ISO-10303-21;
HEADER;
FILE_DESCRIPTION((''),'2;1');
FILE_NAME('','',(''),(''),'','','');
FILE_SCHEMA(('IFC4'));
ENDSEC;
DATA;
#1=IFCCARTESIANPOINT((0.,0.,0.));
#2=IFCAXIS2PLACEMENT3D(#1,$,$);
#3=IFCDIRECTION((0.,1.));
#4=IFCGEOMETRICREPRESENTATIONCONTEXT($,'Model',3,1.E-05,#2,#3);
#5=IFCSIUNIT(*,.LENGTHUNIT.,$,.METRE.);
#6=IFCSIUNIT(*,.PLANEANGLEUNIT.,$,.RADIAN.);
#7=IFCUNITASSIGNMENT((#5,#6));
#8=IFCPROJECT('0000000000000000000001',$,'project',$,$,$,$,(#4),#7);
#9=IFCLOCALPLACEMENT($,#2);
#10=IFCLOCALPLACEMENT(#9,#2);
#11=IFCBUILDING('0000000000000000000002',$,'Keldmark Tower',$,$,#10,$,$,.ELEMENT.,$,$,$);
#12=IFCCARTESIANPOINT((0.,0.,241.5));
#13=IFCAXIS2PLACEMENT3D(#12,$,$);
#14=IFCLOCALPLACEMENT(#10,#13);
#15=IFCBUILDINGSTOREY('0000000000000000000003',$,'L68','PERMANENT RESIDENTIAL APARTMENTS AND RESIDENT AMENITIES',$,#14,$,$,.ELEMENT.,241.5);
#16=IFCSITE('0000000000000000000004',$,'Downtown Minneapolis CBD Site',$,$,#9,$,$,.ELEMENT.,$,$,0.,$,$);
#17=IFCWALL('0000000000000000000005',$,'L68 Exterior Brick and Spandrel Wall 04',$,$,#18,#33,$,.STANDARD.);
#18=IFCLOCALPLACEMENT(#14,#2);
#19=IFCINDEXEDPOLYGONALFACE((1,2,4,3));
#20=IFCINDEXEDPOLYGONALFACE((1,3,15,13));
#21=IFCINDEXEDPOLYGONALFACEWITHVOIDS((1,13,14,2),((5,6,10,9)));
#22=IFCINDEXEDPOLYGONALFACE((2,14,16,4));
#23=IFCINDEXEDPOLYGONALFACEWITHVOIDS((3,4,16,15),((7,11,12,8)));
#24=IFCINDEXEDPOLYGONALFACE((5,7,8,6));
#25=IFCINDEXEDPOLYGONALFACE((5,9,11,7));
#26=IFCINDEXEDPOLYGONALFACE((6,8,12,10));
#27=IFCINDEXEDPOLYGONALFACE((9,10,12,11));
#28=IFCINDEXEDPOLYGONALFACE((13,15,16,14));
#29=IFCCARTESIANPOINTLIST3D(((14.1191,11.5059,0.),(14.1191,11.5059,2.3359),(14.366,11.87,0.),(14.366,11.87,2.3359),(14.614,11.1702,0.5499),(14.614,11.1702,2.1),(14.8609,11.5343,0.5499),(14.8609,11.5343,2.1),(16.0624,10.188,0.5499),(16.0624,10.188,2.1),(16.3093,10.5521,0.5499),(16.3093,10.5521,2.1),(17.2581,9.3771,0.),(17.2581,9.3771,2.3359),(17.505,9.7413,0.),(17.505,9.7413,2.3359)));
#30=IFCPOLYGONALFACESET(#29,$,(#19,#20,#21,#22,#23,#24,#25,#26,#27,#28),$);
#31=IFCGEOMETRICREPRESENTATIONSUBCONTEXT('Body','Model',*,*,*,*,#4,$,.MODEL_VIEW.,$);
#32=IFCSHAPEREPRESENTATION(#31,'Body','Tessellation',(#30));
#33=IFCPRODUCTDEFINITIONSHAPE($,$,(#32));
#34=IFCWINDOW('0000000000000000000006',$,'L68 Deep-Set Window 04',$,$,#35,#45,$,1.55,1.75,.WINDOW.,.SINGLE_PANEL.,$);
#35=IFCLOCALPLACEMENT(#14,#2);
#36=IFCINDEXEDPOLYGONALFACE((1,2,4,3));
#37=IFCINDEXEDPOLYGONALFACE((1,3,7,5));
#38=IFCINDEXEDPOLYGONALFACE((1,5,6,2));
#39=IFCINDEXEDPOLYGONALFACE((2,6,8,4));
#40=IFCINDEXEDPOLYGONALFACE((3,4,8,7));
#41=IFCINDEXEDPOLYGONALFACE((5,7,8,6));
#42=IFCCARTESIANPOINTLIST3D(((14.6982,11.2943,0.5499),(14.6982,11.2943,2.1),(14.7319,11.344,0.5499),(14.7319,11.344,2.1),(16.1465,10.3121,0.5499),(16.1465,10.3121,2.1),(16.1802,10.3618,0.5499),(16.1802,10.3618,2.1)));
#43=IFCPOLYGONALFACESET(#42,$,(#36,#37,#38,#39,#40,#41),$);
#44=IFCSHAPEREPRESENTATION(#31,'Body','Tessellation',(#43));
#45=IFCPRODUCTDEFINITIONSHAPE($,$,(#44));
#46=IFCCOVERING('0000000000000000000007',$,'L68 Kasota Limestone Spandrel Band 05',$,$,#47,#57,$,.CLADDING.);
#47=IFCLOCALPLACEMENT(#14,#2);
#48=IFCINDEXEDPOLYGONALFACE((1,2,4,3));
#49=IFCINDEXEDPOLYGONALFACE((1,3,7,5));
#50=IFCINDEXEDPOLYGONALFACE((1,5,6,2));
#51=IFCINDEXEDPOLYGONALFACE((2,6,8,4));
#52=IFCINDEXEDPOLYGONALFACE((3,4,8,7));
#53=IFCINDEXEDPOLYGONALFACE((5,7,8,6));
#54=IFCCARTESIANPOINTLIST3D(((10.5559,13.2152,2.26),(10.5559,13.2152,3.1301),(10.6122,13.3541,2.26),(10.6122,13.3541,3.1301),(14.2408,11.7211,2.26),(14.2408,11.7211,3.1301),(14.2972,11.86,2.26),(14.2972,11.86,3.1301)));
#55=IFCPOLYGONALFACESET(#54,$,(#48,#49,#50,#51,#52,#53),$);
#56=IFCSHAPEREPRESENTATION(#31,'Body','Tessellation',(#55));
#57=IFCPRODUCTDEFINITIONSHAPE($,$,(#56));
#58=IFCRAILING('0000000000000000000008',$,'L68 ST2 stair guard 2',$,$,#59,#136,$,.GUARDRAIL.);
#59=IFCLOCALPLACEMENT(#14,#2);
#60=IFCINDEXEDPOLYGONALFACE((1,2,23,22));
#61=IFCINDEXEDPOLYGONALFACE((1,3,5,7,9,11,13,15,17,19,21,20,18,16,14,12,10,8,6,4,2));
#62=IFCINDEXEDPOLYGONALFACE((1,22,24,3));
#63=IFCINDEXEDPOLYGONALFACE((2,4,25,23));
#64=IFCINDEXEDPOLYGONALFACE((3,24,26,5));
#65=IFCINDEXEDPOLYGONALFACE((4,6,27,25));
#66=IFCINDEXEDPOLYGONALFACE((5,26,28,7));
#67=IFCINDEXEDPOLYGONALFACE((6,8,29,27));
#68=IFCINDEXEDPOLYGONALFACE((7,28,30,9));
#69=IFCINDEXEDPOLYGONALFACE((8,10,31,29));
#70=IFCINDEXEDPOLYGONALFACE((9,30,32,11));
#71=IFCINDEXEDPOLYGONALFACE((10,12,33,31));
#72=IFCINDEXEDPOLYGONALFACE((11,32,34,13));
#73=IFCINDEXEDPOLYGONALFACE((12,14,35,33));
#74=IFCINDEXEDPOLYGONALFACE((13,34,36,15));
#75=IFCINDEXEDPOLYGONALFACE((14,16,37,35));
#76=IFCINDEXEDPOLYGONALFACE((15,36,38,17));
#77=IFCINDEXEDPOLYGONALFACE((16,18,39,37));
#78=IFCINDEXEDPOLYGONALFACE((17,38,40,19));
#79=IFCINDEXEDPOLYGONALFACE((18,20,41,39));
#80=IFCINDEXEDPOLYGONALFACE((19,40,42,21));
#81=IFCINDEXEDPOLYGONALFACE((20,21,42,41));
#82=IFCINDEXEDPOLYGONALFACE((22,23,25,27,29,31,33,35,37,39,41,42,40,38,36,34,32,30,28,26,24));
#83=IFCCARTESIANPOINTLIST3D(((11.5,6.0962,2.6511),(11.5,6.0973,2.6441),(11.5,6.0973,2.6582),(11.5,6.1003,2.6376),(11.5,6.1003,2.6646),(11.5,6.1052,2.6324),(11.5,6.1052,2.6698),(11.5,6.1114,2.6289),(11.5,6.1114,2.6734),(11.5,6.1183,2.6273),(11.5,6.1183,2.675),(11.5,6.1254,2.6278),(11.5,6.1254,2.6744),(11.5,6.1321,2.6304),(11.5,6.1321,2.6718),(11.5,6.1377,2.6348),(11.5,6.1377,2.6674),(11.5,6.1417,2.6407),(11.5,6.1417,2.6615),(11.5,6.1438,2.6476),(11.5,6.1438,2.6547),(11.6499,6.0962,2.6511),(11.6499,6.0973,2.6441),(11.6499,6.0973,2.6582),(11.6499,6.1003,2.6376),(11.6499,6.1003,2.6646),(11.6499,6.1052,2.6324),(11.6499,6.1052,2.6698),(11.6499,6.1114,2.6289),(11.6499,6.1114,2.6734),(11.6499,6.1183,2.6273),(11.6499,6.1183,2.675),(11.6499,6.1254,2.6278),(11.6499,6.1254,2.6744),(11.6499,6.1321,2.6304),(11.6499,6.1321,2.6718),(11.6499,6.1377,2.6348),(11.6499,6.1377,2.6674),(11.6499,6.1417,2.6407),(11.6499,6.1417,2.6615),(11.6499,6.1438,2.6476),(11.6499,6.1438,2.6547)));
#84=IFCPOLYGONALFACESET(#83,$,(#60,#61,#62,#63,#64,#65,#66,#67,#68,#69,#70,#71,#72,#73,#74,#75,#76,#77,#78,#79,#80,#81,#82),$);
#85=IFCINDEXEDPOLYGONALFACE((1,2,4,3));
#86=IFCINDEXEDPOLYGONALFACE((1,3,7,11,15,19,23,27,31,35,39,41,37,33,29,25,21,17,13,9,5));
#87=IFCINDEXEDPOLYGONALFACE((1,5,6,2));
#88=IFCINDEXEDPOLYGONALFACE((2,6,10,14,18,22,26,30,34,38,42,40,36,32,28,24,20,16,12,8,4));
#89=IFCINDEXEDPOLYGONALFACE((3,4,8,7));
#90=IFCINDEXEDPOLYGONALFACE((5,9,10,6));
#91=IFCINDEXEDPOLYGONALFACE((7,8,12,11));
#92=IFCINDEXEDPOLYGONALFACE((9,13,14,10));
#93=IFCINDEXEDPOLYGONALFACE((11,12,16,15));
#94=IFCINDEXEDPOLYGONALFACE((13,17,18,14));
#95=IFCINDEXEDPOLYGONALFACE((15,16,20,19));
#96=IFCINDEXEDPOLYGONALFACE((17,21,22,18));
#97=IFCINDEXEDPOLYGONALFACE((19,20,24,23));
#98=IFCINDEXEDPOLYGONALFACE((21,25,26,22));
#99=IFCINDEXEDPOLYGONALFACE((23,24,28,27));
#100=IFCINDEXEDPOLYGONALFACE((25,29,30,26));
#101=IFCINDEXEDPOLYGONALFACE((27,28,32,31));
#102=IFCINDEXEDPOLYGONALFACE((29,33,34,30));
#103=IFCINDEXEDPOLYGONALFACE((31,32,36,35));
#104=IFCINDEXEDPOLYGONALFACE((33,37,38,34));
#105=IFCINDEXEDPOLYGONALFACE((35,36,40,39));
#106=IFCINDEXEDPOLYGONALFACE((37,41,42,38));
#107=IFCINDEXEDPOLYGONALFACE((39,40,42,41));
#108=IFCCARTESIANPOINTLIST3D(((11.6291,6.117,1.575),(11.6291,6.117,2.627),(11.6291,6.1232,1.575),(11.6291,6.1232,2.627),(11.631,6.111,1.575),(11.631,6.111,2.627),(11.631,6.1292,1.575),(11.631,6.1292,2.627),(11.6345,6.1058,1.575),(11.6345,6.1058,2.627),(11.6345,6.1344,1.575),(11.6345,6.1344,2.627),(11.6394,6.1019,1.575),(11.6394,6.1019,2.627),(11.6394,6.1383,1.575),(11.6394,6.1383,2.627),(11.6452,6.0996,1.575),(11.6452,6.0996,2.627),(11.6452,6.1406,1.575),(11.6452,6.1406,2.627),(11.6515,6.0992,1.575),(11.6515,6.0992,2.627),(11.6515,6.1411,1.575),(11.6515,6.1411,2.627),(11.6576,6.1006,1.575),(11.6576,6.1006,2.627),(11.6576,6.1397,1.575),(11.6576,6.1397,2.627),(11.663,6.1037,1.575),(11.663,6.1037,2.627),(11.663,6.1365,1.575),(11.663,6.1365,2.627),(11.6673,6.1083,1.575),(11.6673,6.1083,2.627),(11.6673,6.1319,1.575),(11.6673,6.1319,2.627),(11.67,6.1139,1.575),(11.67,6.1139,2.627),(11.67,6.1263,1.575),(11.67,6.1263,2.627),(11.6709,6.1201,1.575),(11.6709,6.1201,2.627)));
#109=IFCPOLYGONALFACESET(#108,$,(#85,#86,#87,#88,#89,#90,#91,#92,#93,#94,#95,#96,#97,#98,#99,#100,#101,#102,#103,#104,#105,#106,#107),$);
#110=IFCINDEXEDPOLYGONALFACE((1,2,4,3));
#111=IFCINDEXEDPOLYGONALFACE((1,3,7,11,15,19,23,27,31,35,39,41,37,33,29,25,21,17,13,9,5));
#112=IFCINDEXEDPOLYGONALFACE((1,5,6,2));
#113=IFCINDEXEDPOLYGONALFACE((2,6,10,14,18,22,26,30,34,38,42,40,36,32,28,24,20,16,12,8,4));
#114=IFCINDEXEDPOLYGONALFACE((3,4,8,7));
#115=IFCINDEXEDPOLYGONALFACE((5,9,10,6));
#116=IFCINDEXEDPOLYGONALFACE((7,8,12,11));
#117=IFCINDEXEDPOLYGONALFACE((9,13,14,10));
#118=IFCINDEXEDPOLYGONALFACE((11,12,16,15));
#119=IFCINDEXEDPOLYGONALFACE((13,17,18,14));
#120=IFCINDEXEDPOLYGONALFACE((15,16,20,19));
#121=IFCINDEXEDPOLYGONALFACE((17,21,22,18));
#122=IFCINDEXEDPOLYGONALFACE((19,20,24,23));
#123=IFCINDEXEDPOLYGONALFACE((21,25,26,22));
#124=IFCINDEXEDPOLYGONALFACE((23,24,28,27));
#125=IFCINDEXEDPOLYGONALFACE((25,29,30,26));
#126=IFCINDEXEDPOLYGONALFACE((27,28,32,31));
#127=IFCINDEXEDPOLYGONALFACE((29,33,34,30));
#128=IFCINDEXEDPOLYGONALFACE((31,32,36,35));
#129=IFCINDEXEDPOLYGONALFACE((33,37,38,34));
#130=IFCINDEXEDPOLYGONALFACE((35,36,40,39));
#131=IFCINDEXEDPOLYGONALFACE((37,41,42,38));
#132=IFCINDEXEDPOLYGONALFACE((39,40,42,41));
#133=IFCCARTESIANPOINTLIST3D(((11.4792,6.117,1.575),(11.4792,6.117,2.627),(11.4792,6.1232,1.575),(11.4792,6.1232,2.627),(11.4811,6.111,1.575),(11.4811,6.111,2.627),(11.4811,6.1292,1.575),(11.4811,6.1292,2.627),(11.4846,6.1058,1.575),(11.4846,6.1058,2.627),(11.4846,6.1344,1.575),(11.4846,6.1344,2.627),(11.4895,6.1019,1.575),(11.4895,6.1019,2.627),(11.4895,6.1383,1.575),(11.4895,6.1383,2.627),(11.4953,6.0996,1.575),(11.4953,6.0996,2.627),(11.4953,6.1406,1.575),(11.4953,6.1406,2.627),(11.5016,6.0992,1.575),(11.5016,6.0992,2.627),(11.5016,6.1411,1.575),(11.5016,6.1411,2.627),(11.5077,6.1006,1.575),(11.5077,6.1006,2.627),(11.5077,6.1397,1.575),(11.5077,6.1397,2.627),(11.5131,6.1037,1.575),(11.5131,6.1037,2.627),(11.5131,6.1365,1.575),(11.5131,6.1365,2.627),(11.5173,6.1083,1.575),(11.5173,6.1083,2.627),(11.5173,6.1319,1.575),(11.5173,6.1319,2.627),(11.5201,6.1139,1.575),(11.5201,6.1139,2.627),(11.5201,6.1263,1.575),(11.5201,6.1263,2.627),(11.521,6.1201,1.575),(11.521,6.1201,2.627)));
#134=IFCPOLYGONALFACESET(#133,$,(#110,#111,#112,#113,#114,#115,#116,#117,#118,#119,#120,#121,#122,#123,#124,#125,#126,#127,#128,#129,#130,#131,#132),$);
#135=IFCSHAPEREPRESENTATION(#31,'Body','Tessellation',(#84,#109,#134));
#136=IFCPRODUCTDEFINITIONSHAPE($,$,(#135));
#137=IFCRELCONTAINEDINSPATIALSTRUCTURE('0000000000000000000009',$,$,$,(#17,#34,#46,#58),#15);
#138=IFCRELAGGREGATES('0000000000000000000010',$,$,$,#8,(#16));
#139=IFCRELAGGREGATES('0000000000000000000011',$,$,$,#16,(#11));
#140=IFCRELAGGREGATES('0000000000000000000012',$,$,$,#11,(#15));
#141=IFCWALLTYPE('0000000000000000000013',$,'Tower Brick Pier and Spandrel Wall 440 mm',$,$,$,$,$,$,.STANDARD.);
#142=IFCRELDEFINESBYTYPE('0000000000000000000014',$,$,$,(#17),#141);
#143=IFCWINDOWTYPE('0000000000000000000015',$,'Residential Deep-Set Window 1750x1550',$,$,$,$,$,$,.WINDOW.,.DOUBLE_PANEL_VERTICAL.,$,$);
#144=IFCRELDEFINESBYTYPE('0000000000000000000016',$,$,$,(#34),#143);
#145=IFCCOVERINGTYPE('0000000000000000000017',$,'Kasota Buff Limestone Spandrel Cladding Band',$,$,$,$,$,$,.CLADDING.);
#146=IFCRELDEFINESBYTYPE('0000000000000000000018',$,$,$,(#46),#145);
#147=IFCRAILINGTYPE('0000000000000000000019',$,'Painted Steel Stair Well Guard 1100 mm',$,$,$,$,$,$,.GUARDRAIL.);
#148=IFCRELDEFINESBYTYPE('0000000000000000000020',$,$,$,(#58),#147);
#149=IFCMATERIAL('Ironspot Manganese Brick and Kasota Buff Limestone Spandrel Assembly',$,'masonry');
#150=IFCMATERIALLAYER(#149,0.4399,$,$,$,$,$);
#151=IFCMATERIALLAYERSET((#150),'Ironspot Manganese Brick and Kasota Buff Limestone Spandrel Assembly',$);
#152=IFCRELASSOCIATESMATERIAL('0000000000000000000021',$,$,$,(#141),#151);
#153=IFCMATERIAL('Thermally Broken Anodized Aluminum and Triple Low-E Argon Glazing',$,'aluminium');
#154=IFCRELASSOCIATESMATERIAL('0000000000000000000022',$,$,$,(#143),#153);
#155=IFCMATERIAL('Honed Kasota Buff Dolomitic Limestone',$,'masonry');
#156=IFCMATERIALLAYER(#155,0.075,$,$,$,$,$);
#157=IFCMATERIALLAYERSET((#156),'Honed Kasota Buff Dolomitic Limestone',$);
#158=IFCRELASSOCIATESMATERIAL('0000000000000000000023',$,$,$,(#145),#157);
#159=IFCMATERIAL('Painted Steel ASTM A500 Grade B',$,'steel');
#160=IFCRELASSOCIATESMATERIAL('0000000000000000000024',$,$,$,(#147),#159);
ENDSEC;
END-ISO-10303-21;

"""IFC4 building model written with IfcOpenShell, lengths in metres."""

from ifc_helpers import new_model, si_unit, direction, frame, frame_2d, origin, origin_2d, place, context, subcontext, project, spatial, rectangle, circle, extrude, material, layer, layer_set, type_object, element, fill, save


model = new_model("IFC4")

# Units and contexts
model_context = context("Model", 3, precision=1e-05, world=origin(), true_north=direction((0.0, 1.0)))
body_context = subcontext(model_context, "Body", "Model", "MODEL_VIEW")
ifc_project = project(units=[si_unit("LENGTHUNIT", "METRE"), si_unit("PLANEANGLEUNIT", "RADIAN")], contexts=[model_context])

# Site, building, storey
site_placement = place(None, origin())
site = spatial("IfcSite", under=ifc_project, at=site_placement, Name="Downtown Minneapolis CBD Site", CompositionType="ELEMENT", RefElevation=0.0)
building_placement = place(site_placement, origin())
building = spatial("IfcBuilding", under=site, at=building_placement, Name="Keldmark Tower", CompositionType="ELEMENT")
storey_placement = place(building_placement, frame((0.0, 0.0, 241.5)))
storey = spatial("IfcBuildingStorey", under=building, at=storey_placement, Name="L68", Description="PERMANENT RESIDENTIAL APARTMENTS AND RESIDENT AMENITIES", CompositionType="ELEMENT", Elevation=241.5)

# Wall, opening, window
ifc_material_1 = material(Name="Ironspot Manganese Brick and Kasota Buff Limestone Spandrel Assembly", Category="masonry")
ifc_layer_1 = layer(ifc_material_1, 0.4399)
ifc_layer_set_1 = layer_set([ifc_layer_1], Name="Ironspot Manganese Brick and Kasota Buff Limestone Spandrel Assembly")
wall_type_1 = type_object("IfcWallType", Name="Tower Brick Pier and Spandrel Wall 440 mm", PredefinedType="STANDARD", material=ifc_layer_set_1)
wall_1_placement = place(storey_placement, frame((14.2424, 11.688, 0.0), z_axis=(0.0, 0.0, 1.0), x_axis=(0.827637, -0.561264, 0.0)))
wall_1 = element("IfcWall", 1, at=wall_1_placement, inside=storey, type_object=wall_type_1, Name="L68 Exterior Brick and Spandrel Wall 04", PredefinedType="STANDARD", context=body_context, shape_type="SweptSolid", body=[
    extrude(rectangle(XDim=3.7927, YDim=0.4399, at=frame_2d((1.8965, 0.0))), origin(), (0.0, 0.0, 1.0), 2.3359),
])
opening_1_placement = place(wall_1_placement, frame((0.5981, 0.0, 0.55)))
opening_1 = element("IfcOpeningElement", 2, at=opening_1_placement, cuts=wall_1, PredefinedType="OPENING", context=body_context, shape_type="SweptSolid", body=[
    extrude(rectangle(XDim=1.75, YDim=1.55, at=frame_2d((0.875, 0.7749))), frame((0.0, 0.23, 0.0), z_axis=(0.0, -1.0, 0.0), x_axis=(1.0, 0.0, 0.0)), (0.0, 0.0, 1.0), 0.46),
])
ifc_material_2 = material(Name="Thermally Broken Anodized Aluminum and Triple Low-E Argon Glazing", Category="aluminium")
window_type_1 = type_object("IfcWindowType", Name="Residential Deep-Set Window 1750x1550", PartitioningType="DOUBLE_PANEL_VERTICAL", PredefinedType="WINDOW", material=ifc_material_2)
window_1_placement = place(opening_1_placement, origin())
window_1 = element("IfcWindow", 3, at=window_1_placement, inside=storey, type_object=window_type_1, Name="L68 Deep-Set Window 04", OverallHeight=1.55, OverallWidth=1.75, PartitioningType="SINGLE_PANEL", PredefinedType="WINDOW", context=body_context, shape_type="SweptSolid", body=[
    extrude(rectangle(XDim=1.75, YDim=1.55, at=frame_2d((0.875, 0.7749))), frame((0.0, -0.01, 0.0), z_axis=(0.0, -1.0, 0.0), x_axis=(1.0, 0.0, 0.0)), (0.0, 0.0, 1.0), 0.0601),
])
fill(opening_1, window_1)

# Covering
ifc_material_3 = material(Name="Honed Kasota Buff Dolomitic Limestone", Category="masonry")
ifc_layer_2 = layer(ifc_material_3, 0.075)
ifc_layer_set_2 = layer_set([ifc_layer_2], Name="Honed Kasota Buff Dolomitic Limestone")
covering_type = type_object("IfcCoveringType", Name="Kasota Buff Limestone Spandrel Cladding Band", PredefinedType="CLADDING", material=ifc_layer_set_2)
covering_placement = place(storey_placement, frame((12.4265, 12.5376, 2.26), z_axis=(0.0, 0.0, 1.0), x_axis=(-0.926725, 0.375739, 0.0)))
element("IfcCovering", 4, at=covering_placement, inside=storey, type_object=covering_type, Name="L68 Kasota Limestone Spandrel Band 05", PredefinedType="CLADDING", context=body_context, shape_type="SweptSolid", body=[
    extrude(rectangle(XDim=3.9763, YDim=0.1499, at=origin_2d()), origin(), (0.0, 0.0, 1.0), 0.8701),
])

# Railing
ifc_material_4 = material(Name="Painted Steel ASTM A500 Grade B", Category="steel")
railing_type = type_object("IfcRailingType", Name="Painted Steel Stair Well Guard 1100 mm", PredefinedType="GUARDRAIL", material=ifc_material_4)
railing_placement = place(storey_placement, frame((11.6499, 6.1201, 1.575)))
element("IfcRailing", 5, at=railing_placement, inside=storey, type_object=railing_type, Name="L68 ST2 stair guard 2", PredefinedType="GUARDRAIL", context=body_context, shape_type="SweptSolid", body=[
    extrude(circle(Radius=0.0239, at=origin_2d()), frame((0.0, 0.0, 1.0762), z_axis=(-1.0, 0.0, 0.0), x_axis=(0.0, -1.0, 0.0)), (0.0, 0.0, 1.0), 0.1499),
    extrude(circle(Radius=0.021, at=origin_2d()), origin(), (0.0, 0.0, 1.0), 1.052),
    extrude(circle(Radius=0.021, at=origin_2d()), frame((-0.1499, 0.0, 0.0)), (0.0, 0.0, 1.0), 1.052),
])

save(model, "model.ifc")
